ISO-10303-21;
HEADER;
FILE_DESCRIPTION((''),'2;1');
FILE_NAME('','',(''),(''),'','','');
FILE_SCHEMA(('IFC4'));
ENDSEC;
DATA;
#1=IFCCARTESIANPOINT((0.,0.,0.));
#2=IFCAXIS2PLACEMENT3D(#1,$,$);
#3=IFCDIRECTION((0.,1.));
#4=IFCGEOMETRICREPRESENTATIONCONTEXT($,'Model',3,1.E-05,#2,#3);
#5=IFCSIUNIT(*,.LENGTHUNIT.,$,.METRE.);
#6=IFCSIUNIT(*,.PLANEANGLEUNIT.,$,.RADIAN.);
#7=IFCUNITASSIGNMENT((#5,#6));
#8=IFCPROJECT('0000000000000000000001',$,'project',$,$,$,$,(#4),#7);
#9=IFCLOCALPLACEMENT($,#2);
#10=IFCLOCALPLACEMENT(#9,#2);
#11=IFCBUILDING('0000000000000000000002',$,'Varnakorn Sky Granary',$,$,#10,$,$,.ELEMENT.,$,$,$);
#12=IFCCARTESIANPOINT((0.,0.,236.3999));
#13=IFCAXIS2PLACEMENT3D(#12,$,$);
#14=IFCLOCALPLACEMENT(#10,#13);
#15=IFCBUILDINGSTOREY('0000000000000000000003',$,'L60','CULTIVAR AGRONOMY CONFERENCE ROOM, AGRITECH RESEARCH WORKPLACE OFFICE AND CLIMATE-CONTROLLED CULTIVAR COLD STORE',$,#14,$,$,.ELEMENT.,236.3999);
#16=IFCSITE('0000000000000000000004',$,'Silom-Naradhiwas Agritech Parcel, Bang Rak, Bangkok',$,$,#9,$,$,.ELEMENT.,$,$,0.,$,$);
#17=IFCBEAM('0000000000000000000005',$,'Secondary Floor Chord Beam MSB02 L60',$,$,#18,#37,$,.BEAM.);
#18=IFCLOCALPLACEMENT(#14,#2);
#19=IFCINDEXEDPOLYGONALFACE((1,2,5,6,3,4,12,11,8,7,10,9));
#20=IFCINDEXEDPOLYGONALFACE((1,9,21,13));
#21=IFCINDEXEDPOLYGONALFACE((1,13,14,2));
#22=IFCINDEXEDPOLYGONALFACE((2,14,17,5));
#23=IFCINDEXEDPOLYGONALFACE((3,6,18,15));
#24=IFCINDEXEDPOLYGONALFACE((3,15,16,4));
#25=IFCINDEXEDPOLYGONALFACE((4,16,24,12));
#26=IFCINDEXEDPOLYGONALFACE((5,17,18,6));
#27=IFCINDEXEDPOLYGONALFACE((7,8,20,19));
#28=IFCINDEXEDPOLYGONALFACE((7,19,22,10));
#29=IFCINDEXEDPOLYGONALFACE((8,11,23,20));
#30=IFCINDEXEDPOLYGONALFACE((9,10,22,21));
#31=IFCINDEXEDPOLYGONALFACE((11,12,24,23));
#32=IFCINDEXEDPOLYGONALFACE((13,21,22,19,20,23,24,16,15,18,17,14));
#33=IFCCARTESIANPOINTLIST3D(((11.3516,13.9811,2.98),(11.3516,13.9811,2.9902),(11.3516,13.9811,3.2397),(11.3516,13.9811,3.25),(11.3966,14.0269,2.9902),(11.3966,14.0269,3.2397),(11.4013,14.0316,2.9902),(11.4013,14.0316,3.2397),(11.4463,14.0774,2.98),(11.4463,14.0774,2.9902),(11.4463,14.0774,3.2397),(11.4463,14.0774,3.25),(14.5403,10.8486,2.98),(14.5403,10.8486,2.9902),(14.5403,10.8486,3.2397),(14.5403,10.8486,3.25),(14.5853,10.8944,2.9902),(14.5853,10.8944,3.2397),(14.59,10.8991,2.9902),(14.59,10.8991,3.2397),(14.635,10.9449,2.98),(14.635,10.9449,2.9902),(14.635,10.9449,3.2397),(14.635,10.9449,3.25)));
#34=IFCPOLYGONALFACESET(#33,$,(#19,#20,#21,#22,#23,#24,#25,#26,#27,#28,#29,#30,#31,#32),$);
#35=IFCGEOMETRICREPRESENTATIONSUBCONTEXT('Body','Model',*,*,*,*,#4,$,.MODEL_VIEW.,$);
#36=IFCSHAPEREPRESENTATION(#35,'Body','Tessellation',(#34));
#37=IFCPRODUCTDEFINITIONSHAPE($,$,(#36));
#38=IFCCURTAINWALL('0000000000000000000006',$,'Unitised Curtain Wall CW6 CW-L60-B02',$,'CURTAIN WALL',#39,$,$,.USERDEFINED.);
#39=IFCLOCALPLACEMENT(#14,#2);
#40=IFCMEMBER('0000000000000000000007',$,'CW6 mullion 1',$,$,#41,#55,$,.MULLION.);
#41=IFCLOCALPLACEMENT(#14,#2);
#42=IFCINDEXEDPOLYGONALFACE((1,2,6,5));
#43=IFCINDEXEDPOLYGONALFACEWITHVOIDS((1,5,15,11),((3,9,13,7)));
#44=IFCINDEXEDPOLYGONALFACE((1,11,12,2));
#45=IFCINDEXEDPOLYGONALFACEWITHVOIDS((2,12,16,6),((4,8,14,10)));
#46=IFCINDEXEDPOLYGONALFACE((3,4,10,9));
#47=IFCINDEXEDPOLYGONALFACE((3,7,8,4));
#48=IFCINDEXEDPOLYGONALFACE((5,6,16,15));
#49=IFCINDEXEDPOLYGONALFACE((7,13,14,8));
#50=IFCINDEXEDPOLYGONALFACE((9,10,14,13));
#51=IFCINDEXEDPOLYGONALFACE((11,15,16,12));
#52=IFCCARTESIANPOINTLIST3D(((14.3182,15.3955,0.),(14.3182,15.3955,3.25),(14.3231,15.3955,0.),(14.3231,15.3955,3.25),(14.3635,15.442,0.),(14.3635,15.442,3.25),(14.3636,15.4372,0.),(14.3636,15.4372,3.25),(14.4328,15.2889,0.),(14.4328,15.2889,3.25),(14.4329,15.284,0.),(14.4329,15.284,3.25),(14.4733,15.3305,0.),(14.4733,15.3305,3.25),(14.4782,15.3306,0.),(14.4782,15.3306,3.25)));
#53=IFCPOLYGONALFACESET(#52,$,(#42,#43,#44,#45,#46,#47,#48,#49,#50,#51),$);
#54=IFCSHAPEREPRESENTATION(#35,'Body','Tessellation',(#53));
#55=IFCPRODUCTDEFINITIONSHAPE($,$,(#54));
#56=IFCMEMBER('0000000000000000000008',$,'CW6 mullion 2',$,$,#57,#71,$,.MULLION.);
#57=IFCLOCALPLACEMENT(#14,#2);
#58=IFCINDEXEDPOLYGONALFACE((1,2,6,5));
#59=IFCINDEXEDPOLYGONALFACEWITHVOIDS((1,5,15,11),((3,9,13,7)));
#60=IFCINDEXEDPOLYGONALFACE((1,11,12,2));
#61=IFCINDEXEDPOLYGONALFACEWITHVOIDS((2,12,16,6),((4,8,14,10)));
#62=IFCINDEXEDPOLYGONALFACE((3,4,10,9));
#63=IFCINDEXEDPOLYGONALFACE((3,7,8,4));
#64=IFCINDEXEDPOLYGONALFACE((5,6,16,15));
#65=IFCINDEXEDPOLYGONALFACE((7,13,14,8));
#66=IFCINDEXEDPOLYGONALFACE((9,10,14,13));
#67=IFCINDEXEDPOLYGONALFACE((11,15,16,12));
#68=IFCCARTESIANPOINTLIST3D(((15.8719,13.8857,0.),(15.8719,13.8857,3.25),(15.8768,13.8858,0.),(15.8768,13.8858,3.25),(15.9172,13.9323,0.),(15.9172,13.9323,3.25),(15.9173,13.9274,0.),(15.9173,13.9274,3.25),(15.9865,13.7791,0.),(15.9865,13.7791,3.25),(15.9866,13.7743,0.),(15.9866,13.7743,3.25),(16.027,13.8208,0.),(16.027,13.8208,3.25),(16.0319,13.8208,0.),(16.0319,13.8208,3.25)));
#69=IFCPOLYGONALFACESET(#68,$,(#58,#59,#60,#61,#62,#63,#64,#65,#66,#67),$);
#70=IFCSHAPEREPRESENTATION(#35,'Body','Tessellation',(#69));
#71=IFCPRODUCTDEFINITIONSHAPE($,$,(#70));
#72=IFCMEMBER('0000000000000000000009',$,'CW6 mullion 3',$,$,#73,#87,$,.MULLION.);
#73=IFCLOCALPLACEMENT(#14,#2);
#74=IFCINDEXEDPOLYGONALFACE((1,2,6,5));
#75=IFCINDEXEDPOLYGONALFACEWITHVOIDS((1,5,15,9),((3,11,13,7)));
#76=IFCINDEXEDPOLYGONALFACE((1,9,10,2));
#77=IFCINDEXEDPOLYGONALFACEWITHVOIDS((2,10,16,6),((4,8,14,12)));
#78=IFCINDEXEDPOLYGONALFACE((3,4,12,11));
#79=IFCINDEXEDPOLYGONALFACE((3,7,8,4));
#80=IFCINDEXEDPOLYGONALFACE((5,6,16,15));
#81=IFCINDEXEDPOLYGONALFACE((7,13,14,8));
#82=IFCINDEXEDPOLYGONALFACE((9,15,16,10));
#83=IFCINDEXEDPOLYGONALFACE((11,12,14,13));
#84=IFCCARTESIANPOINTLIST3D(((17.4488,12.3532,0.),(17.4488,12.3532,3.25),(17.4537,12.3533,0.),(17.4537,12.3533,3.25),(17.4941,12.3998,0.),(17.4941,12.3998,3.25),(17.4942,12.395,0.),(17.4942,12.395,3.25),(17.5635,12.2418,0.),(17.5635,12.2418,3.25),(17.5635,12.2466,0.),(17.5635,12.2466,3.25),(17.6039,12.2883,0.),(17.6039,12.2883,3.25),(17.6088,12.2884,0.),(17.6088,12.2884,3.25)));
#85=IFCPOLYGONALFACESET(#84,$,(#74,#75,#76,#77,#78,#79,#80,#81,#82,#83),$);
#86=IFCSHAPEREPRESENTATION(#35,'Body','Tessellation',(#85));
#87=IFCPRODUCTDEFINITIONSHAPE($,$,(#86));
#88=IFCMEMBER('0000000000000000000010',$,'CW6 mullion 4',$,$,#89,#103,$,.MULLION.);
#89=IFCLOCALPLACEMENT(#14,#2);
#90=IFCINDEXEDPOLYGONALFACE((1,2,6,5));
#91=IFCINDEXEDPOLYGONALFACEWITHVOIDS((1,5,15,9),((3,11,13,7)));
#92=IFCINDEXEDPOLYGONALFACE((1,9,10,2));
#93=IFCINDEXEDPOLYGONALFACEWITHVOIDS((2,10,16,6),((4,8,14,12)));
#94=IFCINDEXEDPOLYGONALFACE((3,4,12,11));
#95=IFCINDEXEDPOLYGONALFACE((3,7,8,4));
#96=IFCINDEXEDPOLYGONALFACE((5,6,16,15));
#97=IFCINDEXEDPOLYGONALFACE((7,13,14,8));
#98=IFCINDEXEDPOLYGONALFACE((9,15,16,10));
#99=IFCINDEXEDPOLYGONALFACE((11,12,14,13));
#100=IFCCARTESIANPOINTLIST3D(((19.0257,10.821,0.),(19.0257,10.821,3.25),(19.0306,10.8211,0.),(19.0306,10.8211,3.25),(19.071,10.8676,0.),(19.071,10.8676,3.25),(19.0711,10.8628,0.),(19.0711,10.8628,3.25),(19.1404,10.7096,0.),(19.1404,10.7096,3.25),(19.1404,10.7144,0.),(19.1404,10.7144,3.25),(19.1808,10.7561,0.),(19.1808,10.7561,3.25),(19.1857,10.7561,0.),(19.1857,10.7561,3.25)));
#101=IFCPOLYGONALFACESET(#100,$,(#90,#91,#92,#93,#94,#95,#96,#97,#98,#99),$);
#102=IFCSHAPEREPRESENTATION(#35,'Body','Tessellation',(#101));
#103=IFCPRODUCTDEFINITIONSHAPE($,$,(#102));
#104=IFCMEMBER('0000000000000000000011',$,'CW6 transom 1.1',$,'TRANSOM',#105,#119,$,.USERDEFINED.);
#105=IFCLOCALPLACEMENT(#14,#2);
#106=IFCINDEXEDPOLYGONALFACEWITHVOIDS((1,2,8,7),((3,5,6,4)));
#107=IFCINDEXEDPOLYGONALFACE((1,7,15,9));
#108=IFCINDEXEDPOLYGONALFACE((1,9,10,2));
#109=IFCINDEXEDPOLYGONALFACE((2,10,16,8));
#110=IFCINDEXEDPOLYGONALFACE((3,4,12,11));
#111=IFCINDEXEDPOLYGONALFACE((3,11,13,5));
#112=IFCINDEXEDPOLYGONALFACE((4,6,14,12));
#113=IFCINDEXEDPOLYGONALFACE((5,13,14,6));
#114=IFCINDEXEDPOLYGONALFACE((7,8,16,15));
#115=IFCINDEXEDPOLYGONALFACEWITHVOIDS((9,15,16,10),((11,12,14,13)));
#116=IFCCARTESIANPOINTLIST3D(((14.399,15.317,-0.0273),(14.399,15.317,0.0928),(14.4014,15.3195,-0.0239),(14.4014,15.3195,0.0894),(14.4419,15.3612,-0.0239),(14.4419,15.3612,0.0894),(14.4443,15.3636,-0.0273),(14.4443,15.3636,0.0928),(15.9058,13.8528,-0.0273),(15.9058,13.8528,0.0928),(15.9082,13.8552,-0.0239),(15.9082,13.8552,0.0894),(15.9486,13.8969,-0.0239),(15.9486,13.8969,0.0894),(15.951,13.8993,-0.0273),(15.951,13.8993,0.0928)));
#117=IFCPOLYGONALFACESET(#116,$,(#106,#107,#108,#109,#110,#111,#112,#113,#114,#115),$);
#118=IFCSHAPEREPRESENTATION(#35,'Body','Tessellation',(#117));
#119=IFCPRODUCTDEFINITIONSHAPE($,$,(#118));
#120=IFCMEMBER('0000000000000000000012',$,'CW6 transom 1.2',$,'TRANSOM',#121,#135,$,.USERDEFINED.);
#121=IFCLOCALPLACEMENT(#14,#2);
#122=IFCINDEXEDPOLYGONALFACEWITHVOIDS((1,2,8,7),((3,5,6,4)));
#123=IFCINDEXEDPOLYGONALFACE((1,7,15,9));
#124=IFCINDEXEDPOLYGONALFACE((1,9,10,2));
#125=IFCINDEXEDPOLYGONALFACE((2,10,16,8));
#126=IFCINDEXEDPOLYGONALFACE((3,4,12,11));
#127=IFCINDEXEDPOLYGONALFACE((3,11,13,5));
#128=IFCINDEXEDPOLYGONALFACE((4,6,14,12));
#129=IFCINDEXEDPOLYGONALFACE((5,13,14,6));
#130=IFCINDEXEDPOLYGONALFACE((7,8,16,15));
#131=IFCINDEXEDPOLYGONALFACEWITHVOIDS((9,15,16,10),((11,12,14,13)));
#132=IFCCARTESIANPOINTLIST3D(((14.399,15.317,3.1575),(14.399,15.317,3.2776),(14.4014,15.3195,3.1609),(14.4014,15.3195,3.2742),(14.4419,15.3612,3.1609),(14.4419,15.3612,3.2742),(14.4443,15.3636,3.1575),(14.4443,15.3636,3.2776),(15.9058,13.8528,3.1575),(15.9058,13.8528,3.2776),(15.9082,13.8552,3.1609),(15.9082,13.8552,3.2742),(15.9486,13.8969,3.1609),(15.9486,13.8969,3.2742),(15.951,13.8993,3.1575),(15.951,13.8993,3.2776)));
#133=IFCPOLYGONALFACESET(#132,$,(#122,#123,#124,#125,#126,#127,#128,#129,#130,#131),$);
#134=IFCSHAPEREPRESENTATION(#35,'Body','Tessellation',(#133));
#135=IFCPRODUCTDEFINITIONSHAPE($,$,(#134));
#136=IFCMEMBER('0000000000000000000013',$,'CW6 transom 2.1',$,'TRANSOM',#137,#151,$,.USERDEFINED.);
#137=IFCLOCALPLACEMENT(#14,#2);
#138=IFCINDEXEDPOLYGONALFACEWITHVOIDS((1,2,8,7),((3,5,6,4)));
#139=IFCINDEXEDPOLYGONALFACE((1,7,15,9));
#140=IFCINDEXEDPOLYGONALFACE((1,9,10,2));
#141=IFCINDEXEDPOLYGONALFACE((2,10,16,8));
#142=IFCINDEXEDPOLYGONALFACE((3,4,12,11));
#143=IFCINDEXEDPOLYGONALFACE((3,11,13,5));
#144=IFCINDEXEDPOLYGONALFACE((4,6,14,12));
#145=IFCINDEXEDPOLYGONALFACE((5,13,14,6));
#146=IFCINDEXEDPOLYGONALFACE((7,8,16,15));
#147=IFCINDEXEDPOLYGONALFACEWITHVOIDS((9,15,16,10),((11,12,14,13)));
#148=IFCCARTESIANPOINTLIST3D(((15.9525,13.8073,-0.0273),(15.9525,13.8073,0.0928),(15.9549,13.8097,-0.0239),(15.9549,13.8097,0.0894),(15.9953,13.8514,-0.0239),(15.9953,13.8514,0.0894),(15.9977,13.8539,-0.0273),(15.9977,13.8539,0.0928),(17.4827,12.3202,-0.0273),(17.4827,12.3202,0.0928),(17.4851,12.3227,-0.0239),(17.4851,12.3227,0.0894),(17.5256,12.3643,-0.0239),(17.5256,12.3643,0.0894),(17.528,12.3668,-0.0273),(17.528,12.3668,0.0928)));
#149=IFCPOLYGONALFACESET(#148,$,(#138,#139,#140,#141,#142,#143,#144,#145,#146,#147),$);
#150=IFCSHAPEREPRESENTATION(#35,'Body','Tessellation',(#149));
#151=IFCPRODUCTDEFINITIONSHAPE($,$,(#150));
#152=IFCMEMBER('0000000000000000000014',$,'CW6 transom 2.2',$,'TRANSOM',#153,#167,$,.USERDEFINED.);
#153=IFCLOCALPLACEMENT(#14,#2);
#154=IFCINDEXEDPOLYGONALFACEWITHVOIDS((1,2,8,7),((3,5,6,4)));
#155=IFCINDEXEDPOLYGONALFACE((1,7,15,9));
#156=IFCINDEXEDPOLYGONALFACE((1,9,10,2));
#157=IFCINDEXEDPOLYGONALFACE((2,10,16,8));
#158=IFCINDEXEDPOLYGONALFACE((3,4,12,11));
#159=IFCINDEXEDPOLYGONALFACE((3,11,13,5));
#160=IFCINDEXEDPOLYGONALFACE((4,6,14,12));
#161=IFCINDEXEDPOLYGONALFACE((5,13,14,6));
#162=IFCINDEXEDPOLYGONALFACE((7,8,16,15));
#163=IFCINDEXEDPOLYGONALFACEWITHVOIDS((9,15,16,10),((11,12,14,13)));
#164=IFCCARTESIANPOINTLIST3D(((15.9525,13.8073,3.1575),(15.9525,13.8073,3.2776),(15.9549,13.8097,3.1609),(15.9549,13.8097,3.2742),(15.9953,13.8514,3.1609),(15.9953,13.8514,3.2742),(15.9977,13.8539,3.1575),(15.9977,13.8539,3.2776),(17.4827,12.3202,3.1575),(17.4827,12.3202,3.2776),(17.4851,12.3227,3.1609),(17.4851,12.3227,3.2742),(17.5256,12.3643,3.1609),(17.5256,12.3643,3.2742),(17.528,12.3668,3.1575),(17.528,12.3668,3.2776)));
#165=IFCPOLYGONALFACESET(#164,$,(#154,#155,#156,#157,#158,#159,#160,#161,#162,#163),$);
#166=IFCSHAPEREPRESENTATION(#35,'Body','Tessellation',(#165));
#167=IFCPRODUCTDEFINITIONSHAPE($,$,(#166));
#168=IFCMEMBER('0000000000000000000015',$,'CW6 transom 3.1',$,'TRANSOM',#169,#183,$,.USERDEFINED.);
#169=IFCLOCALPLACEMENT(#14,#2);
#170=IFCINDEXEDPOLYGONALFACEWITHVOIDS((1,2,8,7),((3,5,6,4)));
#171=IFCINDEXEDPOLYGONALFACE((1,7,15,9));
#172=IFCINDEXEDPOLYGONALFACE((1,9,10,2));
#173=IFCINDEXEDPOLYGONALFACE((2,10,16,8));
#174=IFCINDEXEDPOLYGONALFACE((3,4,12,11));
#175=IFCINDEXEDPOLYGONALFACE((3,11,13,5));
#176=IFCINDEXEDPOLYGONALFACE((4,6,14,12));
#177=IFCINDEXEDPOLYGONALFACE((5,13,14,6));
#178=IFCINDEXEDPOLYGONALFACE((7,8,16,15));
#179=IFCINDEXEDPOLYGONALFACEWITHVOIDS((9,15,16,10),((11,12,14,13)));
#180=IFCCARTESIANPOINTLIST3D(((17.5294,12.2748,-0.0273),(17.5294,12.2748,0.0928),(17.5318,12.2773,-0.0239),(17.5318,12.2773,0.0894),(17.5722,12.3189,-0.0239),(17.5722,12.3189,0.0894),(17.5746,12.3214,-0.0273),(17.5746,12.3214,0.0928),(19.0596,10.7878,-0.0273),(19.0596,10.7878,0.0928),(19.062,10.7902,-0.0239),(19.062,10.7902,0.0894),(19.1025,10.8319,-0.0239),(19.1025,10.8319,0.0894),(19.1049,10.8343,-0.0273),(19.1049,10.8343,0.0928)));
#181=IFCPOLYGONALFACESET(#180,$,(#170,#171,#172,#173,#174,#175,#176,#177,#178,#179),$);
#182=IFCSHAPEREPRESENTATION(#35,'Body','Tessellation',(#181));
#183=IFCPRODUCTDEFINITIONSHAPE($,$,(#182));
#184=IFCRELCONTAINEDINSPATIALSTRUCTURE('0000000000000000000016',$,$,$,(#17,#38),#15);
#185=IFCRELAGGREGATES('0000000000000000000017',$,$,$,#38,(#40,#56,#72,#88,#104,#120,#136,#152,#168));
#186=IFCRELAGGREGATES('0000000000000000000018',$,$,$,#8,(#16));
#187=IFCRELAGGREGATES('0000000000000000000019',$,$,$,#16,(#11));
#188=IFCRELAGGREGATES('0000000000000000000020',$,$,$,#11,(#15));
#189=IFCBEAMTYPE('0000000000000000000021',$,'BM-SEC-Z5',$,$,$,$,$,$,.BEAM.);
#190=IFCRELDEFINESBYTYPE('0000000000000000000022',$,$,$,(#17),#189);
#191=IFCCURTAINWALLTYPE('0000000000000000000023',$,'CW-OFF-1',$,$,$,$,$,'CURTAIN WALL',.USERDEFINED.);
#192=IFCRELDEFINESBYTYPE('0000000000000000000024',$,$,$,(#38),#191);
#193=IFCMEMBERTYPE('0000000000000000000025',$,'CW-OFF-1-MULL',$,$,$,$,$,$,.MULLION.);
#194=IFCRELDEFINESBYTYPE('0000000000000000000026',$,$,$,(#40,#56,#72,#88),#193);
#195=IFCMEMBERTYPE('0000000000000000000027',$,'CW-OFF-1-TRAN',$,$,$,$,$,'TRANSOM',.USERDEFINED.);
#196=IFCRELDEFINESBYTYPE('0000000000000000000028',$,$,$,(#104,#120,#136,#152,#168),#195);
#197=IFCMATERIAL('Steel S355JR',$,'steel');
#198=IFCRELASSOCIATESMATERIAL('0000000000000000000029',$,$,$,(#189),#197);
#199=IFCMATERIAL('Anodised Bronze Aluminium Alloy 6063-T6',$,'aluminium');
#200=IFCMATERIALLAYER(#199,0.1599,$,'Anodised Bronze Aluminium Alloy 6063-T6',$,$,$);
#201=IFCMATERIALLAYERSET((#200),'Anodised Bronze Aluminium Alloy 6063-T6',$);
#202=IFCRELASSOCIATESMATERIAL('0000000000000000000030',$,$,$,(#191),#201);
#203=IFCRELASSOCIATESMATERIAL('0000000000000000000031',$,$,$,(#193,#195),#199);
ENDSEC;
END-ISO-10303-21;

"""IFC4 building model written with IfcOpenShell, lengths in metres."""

from ifc_helpers import new_model, si_unit, direction, frame, origin, origin_2d, place, context, subcontext, project, spatial, hollow_rectangle, i_section, extrude, material, layer, layer_set, material_profile, profile_set, type_object, element, aggregate, save


model = new_model("IFC4")

# Units and contexts
model_context = context("Model", 3, precision=1e-05, world=origin(), true_north=direction((0.0, 1.0)))
body_context = subcontext(model_context, "Body", "Model", "MODEL_VIEW")
ifc_project = project(units=[si_unit("LENGTHUNIT", "METRE"), si_unit("PLANEANGLEUNIT", "RADIAN")], contexts=[model_context])

# Site, building, storey
site_placement = place(None, origin())
site = spatial("IfcSite", under=ifc_project, at=site_placement, Name="Silom-Naradhiwas Agritech Parcel, Bang Rak, Bangkok", CompositionType="ELEMENT", RefElevation=0.0)
building_placement = place(site_placement, origin())
building = spatial("IfcBuilding", under=site, at=building_placement, Name="Varnakorn Sky Granary", CompositionType="ELEMENT")
storey_placement = place(building_placement, frame((0.0, 0.0, 236.3999)))
storey = spatial("IfcBuildingStorey", under=building, at=storey_placement, Name="L60", Description="CULTIVAR AGRONOMY CONFERENCE ROOM, AGRITECH RESEARCH WORKPLACE OFFICE AND CLIMATE-CONTROLLED CULTIVAR COLD STORE", CompositionType="ELEMENT", Elevation=236.3999)

# Beam
ifc_material_1 = material(Name="Steel S355JR", Category="steel")
ifc_material_profile_1 = material_profile(ifc_material_1, i_section(OverallWidth=0.135, OverallDepth=0.27, WebThickness=0.0066, FlangeThickness=0.0103, at=origin_2d()), Name="IPE 270")
ifc_profile_set_1 = profile_set([ifc_material_profile_1], Name="Steel S355JR")
beam_type = type_object("IfcBeamType", Name="BM-SEC-Z5", PredefinedType="BEAM", material=ifc_profile_set_1)
beam_placement = place(storey_placement, frame((14.5876, 10.8967, 3.115), z_axis=(-0.71336, 0.700798, 0.0), x_axis=(-0.700798, -0.71336, 0.0)))
element("IfcBeam", 1, at=beam_placement, inside=storey, type_object=beam_type, Name="Secondary Floor Chord Beam MSB02 L60", PredefinedType="BEAM", context=body_context, shape_type="SweptSolid", body=[
    extrude(i_section(OverallWidth=0.135, OverallDepth=0.27, WebThickness=0.0066, FlangeThickness=0.0103, at=origin_2d()), origin(), (0.0, 0.0, 1.0), 4.47),
])

# Curtain wall, members
ifc_material_2 = material(Name="Anodised Bronze Aluminium Alloy 6063-T6", Category="aluminium")
ifc_layer_1 = layer(ifc_material_2, 0.1599, Name="Anodised Bronze Aluminium Alloy 6063-T6")
ifc_layer_set_1 = layer_set([ifc_layer_1], Name="Anodised Bronze Aluminium Alloy 6063-T6")
curtain_wall_type = type_object("IfcCurtainWallType", Name="CW-OFF-1", ElementType="CURTAIN WALL", PredefinedType="USERDEFINED", material=ifc_layer_set_1)
curtain_wall_placement = place(storey_placement, origin())
curtain_wall = element("IfcCurtainWall", 2, at=curtain_wall_placement, inside=storey, type_object=curtain_wall_type, Name="Unitised Curtain Wall CW6 CW-L60-B02", ObjectType="CURTAIN WALL", PredefinedType="USERDEFINED")
ifc_material_profile_2 = material_profile(ifc_material_2, hollow_rectangle(XDim=0.0649, YDim=0.1599, WallThickness=0.0034, at=origin_2d()), Name="ALU MULL 65x160")
ifc_profile_set_2 = profile_set([ifc_material_profile_2], Name="Anodised Bronze Aluminium Alloy 6063-T6")
member_type_1 = type_object("IfcMemberType", Name="CW-OFF-1-MULL", PredefinedType="MULLION", material=ifc_profile_set_2)
member_1_placement = place(storey_placement, frame((14.3982, 15.363, 0.0), z_axis=(0.0, 0.0, 1.0), x_axis=(0.696915, 0.717154, 0.0)))
member_1 = element("IfcMember", 3, at=member_1_placement, type_object=member_type_1, Name="CW6 mullion 1", PredefinedType="MULLION", context=body_context, shape_type="SweptSolid", body=[
    extrude(hollow_rectangle(XDim=0.0649, YDim=0.1599, WallThickness=0.0034, at=origin_2d()), origin(), (0.0, 0.0, 1.0), 3.25),
])
member_2_placement = place(storey_placement, frame((15.9519, 13.8533, 0.0), z_axis=(0.0, 0.0, 1.0), x_axis=(0.696915, 0.717154, 0.0)))
member_2 = element("IfcMember", 4, at=member_2_placement, type_object=member_type_1, Name="CW6 mullion 2", PredefinedType="MULLION", context=body_context, shape_type="SweptSolid", body=[
    extrude(hollow_rectangle(XDim=0.0649, YDim=0.1599, WallThickness=0.0034, at=origin_2d()), origin(), (0.0, 0.0, 1.0), 3.25),
])
member_3_placement = place(storey_placement, frame((17.5288, 12.3208, 0.0), z_axis=(0.0, 0.0, 1.0), x_axis=(0.696915, 0.717154, 0.0)))
member_3 = element("IfcMember", 5, at=member_3_placement, type_object=member_type_1, Name="CW6 mullion 3", PredefinedType="MULLION", context=body_context, shape_type="SweptSolid", body=[
    extrude(hollow_rectangle(XDim=0.0649, YDim=0.1599, WallThickness=0.0034, at=origin_2d()), origin(), (0.0, 0.0, 1.0), 3.25),
])
member_4_placement = place(storey_placement, frame((19.1057, 10.7886, 0.0), z_axis=(0.0, 0.0, 1.0), x_axis=(0.696915, 0.717154, 0.0)))
member_4 = element("IfcMember", 6, at=member_4_placement, type_object=member_type_1, Name="CW6 mullion 4", PredefinedType="MULLION", context=body_context, shape_type="SweptSolid", body=[
    extrude(hollow_rectangle(XDim=0.0649, YDim=0.1599, WallThickness=0.0034, at=origin_2d()), origin(), (0.0, 0.0, 1.0), 3.25),
])
ifc_material_profile_3 = material_profile(ifc_material_2, hollow_rectangle(XDim=0.0649, YDim=0.1201, WallThickness=0.0034, at=origin_2d()), Name="ALU TRAN 65x120")
ifc_profile_set_3 = profile_set([ifc_material_profile_3], Name="Anodised Bronze Aluminium Alloy 6063-T6")
member_type_2 = type_object("IfcMemberType", Name="CW-OFF-1-TRAN", ElementType="TRANSOM", PredefinedType="USERDEFINED", material=ifc_profile_set_3)
member_5_placement = place(storey_placement, frame((14.4216, 15.3403, 0.0327), z_axis=(0.717143, -0.696926, 0.0), x_axis=(0.696926, 0.717143, 0.0)))
member_5 = element("IfcMember", 7, at=member_5_placement, type_object=member_type_2, Name="CW6 transom 1.1", ObjectType="TRANSOM", PredefinedType="USERDEFINED", context=body_context, shape_type="SweptSolid", body=[
    extrude(hollow_rectangle(XDim=0.0649, YDim=0.1201, WallThickness=0.0034, at=origin_2d()), origin(), (0.0, 0.0, 1.0), 2.1011),
])
member_6_placement = place(storey_placement, frame((14.4216, 15.3403, 3.2175), z_axis=(0.717143, -0.696926, 0.0), x_axis=(0.696926, 0.717143, 0.0)))
member_6 = element("IfcMember", 8, at=member_6_placement, type_object=member_type_2, Name="CW6 transom 1.2", ObjectType="TRANSOM", PredefinedType="USERDEFINED", context=body_context, shape_type="SweptSolid", body=[
    extrude(hollow_rectangle(XDim=0.0649, YDim=0.1201, WallThickness=0.0034, at=origin_2d()), origin(), (0.0, 0.0, 1.0), 2.1011),
])
member_7_placement = place(storey_placement, frame((15.9751, 13.8306, 0.0327), z_axis=(0.71716, -0.696908, 0.0), x_axis=(0.696908, 0.71716, 0.0)))
member_7 = element("IfcMember", 9, at=member_7_placement, type_object=member_type_2, Name="CW6 transom 2.1", ObjectType="TRANSOM", PredefinedType="USERDEFINED", context=body_context, shape_type="SweptSolid", body=[
    extrude(hollow_rectangle(XDim=0.0649, YDim=0.1201, WallThickness=0.0034, at=origin_2d()), origin(), (0.0, 0.0, 1.0), 2.1338),
])
member_8_placement = place(storey_placement, frame((15.9751, 13.8306, 3.2175), z_axis=(0.71716, -0.696908, 0.0), x_axis=(0.696908, 0.71716, 0.0)))
member_8 = element("IfcMember", 10, at=member_8_placement, type_object=member_type_2, Name="CW6 transom 2.2", ObjectType="TRANSOM", PredefinedType="USERDEFINED", context=body_context, shape_type="SweptSolid", body=[
    extrude(hollow_rectangle(XDim=0.0649, YDim=0.1201, WallThickness=0.0034, at=origin_2d()), origin(), (0.0, 0.0, 1.0), 2.1338),
])
member_9_placement = place(storey_placement, frame((17.552, 12.2981, 0.0327), z_axis=(0.71716, -0.696908, 0.0), x_axis=(0.696908, 0.71716, 0.0)))
member_9 = element("IfcMember", 11, at=member_9_placement, type_object=member_type_2, Name="CW6 transom 3.1", ObjectType="TRANSOM", PredefinedType="USERDEFINED", context=body_context, shape_type="SweptSolid", body=[
    extrude(hollow_rectangle(XDim=0.0649, YDim=0.1201, WallThickness=0.0034, at=origin_2d()), origin(), (0.0, 0.0, 1.0), 2.1338),
])

aggregate(curtain_wall, [member_1, member_2, member_3, member_4, member_5, member_6, member_7, member_8, member_9])

save(model, "model.ifc")
